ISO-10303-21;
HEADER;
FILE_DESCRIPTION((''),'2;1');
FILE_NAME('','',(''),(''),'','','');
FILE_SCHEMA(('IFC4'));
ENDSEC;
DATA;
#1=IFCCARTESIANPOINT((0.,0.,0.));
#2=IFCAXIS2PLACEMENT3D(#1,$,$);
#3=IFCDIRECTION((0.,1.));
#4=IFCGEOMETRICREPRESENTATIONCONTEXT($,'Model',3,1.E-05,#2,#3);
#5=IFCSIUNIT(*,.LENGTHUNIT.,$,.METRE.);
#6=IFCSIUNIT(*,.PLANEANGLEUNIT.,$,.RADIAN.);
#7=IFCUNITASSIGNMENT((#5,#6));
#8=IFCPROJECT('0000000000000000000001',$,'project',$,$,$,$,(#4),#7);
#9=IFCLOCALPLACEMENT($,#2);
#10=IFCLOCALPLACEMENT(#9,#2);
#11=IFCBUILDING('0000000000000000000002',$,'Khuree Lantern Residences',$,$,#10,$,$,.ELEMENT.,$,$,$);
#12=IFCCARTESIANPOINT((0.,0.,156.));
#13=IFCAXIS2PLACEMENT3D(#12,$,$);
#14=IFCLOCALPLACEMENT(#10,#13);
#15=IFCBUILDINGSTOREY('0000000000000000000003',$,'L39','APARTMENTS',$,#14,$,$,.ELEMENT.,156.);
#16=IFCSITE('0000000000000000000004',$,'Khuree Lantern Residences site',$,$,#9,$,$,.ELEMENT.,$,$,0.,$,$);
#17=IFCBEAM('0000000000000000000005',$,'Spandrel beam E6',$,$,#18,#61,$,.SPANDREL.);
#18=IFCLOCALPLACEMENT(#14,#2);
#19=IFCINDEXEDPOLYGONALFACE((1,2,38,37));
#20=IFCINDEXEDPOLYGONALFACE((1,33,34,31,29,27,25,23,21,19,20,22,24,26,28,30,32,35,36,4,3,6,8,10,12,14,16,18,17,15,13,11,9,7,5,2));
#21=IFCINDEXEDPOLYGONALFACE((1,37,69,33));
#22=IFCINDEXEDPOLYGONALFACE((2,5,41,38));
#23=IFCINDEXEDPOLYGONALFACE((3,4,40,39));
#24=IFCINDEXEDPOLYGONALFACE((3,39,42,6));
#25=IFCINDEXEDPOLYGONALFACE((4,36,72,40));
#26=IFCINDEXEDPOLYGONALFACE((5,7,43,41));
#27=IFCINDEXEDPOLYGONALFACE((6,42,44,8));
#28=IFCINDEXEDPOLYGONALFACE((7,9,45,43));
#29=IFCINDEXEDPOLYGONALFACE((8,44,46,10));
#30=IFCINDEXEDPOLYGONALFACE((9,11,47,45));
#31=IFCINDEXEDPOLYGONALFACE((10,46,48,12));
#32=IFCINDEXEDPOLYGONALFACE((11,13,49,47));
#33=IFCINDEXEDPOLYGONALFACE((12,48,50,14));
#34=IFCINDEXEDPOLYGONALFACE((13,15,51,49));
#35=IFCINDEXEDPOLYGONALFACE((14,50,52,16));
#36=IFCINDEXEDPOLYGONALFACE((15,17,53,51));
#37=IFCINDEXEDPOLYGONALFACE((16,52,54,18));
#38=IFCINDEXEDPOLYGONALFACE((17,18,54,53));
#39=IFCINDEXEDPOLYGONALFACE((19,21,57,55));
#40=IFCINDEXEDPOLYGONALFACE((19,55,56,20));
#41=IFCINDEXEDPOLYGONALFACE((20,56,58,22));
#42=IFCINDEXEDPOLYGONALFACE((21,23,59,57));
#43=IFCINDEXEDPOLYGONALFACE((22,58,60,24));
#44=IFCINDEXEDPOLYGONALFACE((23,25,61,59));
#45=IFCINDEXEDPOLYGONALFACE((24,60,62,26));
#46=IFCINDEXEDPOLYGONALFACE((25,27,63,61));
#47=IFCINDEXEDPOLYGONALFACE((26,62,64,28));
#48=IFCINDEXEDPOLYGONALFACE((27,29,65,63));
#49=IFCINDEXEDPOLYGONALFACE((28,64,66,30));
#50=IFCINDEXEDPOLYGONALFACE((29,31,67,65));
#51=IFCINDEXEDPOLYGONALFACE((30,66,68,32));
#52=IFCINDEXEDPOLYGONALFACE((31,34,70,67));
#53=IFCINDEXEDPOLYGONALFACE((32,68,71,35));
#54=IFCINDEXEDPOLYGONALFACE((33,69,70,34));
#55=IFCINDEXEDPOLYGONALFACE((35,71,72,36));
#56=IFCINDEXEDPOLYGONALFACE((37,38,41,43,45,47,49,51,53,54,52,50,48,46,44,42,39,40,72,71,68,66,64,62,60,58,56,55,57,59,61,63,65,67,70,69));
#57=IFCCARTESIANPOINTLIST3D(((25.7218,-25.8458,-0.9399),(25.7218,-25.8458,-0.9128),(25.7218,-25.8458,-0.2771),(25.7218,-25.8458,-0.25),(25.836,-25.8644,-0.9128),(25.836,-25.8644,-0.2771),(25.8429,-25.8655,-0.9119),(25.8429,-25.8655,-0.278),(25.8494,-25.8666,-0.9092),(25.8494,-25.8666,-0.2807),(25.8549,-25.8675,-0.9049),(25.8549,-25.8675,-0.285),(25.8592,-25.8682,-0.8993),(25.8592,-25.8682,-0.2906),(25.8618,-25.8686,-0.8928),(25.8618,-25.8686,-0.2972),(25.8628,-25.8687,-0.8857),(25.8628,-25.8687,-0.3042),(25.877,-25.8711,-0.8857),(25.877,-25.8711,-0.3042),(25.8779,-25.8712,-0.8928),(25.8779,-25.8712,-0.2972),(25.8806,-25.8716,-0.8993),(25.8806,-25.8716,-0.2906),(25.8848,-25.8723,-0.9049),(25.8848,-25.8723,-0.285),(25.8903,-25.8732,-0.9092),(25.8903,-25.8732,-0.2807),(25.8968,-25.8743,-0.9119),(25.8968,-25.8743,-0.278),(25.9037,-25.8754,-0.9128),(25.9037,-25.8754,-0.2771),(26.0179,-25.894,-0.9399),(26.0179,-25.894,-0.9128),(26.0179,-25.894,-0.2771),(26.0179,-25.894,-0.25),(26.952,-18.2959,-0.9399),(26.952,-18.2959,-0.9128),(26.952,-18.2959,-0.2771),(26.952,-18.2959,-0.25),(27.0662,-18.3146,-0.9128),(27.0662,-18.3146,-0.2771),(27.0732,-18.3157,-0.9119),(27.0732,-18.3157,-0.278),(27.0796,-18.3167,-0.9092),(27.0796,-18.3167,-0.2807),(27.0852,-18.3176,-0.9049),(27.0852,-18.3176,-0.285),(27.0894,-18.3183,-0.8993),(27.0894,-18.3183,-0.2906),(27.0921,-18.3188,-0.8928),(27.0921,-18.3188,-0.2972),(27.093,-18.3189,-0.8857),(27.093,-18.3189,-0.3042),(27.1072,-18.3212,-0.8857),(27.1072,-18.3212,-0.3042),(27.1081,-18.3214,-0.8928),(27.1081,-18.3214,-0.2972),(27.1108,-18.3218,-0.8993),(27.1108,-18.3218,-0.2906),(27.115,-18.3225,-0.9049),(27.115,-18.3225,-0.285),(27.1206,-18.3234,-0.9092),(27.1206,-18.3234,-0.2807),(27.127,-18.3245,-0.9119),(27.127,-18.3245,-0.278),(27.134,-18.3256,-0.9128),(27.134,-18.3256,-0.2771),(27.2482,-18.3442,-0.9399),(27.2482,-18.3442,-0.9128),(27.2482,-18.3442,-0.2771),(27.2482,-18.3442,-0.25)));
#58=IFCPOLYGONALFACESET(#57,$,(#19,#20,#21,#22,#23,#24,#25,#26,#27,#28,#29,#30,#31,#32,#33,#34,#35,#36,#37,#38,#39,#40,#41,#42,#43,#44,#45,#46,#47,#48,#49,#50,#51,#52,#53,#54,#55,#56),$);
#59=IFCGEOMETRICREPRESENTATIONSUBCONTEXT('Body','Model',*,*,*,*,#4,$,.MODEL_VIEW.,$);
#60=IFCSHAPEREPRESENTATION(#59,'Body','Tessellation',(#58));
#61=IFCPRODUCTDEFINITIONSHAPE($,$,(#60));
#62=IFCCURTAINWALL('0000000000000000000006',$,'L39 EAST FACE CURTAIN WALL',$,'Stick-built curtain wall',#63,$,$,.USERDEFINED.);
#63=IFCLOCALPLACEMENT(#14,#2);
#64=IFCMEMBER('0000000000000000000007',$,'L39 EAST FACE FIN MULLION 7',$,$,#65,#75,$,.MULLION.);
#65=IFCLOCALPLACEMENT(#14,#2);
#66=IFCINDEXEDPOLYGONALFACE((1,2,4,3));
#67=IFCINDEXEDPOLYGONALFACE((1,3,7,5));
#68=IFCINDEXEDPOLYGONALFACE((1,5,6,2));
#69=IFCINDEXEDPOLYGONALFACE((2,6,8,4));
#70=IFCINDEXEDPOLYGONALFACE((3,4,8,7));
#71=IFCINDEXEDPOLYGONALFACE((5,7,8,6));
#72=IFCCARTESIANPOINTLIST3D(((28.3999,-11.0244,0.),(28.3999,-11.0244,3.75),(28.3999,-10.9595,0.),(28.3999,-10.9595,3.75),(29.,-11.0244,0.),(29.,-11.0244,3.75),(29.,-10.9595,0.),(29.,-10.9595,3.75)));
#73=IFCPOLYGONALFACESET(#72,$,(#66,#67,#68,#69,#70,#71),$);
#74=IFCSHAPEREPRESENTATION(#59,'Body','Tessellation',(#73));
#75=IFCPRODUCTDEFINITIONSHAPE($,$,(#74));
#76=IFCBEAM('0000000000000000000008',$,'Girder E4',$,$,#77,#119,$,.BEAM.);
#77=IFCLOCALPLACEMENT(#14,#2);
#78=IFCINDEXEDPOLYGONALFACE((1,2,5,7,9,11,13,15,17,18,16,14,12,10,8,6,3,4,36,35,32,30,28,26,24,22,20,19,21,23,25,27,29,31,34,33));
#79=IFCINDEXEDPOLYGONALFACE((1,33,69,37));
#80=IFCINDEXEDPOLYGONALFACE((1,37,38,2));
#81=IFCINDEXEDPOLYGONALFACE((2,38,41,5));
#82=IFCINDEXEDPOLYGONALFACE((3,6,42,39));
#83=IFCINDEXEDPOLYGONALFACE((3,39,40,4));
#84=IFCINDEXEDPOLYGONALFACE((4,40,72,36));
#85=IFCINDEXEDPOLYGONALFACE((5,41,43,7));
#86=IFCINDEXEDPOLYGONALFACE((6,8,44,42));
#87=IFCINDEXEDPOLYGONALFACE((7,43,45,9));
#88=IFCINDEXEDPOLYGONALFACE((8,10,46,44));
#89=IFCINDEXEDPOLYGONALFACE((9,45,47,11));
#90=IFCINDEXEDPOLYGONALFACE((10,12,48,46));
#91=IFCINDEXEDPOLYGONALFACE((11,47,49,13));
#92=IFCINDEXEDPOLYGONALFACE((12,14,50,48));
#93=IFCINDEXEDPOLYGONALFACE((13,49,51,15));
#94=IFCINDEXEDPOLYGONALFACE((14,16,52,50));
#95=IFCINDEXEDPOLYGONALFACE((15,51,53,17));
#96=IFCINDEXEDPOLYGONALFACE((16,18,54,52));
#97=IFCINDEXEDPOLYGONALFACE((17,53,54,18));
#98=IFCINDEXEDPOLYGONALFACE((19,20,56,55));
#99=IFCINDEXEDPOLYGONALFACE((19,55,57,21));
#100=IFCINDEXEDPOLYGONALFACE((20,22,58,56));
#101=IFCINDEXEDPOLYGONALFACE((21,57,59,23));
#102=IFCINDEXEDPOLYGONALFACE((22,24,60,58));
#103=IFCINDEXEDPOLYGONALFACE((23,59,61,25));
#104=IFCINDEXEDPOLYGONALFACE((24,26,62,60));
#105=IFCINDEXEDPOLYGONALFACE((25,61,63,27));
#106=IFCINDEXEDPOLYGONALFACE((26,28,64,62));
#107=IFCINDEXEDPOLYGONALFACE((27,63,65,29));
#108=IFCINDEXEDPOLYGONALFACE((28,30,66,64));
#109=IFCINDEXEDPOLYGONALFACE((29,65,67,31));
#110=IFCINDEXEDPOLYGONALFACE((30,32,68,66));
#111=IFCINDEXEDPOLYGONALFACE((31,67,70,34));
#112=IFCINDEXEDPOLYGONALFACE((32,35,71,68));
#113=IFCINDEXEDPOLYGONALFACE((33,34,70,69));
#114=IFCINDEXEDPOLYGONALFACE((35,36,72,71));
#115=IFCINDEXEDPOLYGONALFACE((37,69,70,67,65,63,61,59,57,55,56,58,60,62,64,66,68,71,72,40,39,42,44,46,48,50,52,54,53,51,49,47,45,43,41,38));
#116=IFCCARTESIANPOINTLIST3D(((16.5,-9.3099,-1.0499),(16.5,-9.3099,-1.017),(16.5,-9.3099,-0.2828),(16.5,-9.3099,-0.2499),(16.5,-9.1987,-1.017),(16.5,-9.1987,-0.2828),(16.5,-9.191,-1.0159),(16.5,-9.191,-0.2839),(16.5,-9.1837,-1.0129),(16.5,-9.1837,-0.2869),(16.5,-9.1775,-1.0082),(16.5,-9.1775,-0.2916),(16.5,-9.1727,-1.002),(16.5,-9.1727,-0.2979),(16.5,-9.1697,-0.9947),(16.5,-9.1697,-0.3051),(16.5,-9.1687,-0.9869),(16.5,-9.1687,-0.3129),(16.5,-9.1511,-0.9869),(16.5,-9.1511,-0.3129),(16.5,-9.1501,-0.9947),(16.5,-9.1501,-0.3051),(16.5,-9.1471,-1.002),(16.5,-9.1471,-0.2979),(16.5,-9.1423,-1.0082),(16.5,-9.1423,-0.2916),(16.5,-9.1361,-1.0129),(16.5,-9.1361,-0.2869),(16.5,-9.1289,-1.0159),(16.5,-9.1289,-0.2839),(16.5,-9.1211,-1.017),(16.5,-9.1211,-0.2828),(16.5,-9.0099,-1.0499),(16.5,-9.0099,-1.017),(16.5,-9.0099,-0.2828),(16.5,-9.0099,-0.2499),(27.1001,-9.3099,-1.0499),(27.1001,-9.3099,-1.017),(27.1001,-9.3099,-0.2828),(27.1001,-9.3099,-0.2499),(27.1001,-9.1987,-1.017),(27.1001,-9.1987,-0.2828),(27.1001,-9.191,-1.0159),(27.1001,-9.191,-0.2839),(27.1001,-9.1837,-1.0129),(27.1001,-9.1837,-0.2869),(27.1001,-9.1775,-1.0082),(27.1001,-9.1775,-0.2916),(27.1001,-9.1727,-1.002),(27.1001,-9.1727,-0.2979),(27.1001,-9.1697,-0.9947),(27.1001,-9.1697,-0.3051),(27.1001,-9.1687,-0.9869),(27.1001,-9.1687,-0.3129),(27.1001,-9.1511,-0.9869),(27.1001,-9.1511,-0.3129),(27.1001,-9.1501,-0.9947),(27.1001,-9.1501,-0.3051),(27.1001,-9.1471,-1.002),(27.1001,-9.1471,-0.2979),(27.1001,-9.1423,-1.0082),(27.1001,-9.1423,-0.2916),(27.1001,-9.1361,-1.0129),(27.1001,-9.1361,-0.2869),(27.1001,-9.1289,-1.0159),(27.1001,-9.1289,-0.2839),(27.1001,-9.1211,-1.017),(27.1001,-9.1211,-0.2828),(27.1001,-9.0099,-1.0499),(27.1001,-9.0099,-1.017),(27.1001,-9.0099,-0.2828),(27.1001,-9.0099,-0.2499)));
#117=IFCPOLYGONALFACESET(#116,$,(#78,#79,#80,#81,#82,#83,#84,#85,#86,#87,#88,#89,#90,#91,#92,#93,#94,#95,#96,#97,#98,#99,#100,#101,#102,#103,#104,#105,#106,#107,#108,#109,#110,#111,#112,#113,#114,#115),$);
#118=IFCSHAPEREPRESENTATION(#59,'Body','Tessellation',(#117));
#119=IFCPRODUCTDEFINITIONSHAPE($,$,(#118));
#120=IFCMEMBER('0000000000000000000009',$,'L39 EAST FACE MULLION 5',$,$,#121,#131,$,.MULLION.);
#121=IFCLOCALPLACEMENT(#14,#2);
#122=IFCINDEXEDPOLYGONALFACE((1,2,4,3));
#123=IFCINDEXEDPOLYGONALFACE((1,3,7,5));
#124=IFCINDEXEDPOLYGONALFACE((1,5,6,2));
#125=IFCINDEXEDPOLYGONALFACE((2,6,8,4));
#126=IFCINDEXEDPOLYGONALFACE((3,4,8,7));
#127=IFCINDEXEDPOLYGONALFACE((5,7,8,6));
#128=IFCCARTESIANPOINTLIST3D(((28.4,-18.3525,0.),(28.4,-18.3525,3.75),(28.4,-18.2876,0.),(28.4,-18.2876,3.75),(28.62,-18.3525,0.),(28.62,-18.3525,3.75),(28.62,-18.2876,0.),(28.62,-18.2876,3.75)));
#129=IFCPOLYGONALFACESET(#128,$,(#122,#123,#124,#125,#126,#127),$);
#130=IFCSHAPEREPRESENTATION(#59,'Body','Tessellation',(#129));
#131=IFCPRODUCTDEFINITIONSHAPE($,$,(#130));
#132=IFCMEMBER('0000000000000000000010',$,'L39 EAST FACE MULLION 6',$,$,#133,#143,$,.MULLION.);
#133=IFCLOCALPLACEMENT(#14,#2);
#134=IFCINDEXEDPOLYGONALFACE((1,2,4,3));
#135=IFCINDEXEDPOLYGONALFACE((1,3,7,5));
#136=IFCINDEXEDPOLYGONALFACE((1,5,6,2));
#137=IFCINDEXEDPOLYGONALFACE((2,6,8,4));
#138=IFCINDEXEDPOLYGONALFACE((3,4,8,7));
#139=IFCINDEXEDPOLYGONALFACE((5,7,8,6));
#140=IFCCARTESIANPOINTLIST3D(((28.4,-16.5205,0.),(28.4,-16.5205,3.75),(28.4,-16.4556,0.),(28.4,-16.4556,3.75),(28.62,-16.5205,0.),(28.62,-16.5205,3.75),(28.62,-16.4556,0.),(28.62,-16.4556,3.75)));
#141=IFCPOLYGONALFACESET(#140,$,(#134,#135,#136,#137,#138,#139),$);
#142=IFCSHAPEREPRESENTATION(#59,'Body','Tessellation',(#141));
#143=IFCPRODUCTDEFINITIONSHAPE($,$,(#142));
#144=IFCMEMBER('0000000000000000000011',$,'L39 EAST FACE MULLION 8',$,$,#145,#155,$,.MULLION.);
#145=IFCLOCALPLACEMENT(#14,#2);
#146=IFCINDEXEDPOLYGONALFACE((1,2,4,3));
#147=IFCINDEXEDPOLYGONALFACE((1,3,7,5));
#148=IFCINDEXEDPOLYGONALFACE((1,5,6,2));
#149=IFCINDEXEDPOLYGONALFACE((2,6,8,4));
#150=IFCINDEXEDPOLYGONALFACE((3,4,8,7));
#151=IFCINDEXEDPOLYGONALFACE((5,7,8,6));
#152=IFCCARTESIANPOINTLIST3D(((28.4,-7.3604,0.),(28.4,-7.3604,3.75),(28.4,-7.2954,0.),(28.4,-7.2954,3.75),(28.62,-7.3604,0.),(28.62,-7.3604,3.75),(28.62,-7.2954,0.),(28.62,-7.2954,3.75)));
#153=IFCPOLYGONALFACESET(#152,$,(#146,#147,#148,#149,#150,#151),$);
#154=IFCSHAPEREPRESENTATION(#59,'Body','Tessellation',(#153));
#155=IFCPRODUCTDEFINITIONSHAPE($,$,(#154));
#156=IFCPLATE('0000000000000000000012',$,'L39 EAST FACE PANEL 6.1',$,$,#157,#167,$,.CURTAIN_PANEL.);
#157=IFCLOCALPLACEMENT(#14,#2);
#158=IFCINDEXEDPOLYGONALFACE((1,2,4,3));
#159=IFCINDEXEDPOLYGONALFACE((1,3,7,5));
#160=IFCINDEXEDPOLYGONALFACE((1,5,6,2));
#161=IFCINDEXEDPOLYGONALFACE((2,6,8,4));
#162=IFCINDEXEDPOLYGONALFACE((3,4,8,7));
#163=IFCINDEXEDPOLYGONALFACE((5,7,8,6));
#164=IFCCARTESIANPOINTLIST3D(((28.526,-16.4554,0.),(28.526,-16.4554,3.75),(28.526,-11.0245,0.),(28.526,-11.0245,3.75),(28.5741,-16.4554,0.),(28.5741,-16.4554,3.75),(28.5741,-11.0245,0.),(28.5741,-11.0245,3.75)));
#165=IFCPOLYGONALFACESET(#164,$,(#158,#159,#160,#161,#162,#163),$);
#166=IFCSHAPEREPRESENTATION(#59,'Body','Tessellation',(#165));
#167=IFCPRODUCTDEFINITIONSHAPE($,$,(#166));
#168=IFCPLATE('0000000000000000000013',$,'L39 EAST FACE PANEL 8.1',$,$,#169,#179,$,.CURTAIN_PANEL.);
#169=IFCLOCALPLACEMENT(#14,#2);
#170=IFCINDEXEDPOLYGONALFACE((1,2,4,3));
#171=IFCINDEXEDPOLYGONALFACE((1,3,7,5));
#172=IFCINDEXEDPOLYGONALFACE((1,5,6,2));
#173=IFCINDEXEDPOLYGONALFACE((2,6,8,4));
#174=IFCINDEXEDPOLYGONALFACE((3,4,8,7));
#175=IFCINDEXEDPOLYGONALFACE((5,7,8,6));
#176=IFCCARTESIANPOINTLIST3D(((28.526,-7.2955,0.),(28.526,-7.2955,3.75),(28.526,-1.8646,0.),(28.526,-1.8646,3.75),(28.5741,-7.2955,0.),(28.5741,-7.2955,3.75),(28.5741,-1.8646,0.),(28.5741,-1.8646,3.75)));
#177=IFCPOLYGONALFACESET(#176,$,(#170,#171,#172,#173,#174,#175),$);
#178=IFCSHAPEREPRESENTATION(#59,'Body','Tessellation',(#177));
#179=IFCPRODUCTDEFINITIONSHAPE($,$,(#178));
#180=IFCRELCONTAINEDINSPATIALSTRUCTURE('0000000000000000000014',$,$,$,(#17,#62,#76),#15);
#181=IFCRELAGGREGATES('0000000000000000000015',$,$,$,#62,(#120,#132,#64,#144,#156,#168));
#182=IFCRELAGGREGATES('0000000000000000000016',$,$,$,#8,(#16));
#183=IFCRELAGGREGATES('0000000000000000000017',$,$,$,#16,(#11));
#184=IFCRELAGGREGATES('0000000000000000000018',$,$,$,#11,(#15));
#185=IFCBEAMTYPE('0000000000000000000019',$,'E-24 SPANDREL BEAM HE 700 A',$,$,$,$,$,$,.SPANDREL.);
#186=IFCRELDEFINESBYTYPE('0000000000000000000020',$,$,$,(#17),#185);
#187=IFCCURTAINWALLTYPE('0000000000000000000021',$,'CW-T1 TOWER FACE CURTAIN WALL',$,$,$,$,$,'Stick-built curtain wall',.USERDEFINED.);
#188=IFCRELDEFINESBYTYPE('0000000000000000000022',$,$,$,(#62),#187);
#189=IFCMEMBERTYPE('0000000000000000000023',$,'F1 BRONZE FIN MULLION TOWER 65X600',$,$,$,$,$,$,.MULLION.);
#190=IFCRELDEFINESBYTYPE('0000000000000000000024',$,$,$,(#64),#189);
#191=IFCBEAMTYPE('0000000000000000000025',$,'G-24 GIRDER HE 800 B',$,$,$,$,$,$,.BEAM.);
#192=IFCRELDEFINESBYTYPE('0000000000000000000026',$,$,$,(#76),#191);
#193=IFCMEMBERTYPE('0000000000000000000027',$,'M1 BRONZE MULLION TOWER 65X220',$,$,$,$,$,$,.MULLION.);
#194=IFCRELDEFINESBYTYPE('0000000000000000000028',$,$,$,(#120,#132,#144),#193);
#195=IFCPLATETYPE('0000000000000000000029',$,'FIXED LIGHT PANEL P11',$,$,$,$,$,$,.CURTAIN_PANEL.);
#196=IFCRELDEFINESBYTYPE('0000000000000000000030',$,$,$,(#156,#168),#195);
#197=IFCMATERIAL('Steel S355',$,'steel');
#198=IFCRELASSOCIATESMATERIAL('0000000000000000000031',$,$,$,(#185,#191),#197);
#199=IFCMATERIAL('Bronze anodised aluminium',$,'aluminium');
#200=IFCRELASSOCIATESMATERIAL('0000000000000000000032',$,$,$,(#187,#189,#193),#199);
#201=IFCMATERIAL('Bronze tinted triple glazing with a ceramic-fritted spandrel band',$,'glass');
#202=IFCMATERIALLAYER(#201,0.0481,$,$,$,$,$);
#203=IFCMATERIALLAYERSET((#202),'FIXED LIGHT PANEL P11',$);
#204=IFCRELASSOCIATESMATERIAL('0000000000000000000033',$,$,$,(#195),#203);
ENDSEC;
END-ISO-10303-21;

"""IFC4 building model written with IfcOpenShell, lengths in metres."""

from ifc_helpers import new_model, si_unit, direction, frame, origin, origin_2d, place, context, subcontext, project, spatial, rectangle, i_section, extrude, material, layer, layer_set, material_profile, profile_set, type_object, element, aggregate, save


model = new_model("IFC4")

# Units and contexts
model_context = context("Model", 3, precision=1e-05, world=origin(), true_north=direction((0.0, 1.0)))
body_context = subcontext(model_context, "Body", "Model", "MODEL_VIEW")
ifc_project = project(units=[si_unit("LENGTHUNIT", "METRE"), si_unit("PLANEANGLEUNIT", "RADIAN")], contexts=[model_context])

# Site, building, storey
site_placement = place(None, origin())
site = spatial("IfcSite", under=ifc_project, at=site_placement, Name="Khuree Lantern Residences site", CompositionType="ELEMENT", RefElevation=0.0)
building_placement = place(site_placement, origin())
building = spatial("IfcBuilding", under=site, at=building_placement, Name="Khuree Lantern Residences", CompositionType="ELEMENT")
storey_placement = place(building_placement, frame((0.0, 0.0, 156.0)))
storey = spatial("IfcBuildingStorey", under=building, at=storey_placement, Name="L39", Description="APARTMENTS", CompositionType="ELEMENT", Elevation=156.0)

# Beam
ifc_material_1 = material(Name="Steel S355", Category="steel")
ifc_material_profile_1 = material_profile(ifc_material_1, i_section(OverallWidth=0.3, OverallDepth=0.6899, WebThickness=0.0144, FlangeThickness=0.0271, FilletRadius=0.0271, at=origin_2d()), Name="HE 700 A")
ifc_profile_set_1 = profile_set([ifc_material_profile_1], Name="Steel S355")
beam_type_1 = type_object("IfcBeamType", Name="E-24 SPANDREL BEAM HE 700 A", PredefinedType="SPANDREL", material=ifc_profile_set_1)
beam_1_placement = place(storey_placement, frame((27.1001, -18.3201, -0.595), z_axis=(-0.160827, -0.986983, 0.0), x_axis=(0.986983, -0.160827, 0.0)))
element("IfcBeam", 1, at=beam_1_placement, inside=storey, type_object=beam_type_1, Name="Spandrel beam E6", PredefinedType="SPANDREL", context=body_context, shape_type="SweptSolid", body=[
    extrude(i_section(OverallWidth=0.3, OverallDepth=0.6899, WebThickness=0.0144, FlangeThickness=0.0271, FilletRadius=0.0271, at=origin_2d()), origin(), (0.0, 0.0, 1.0), 7.6494),
])

# Curtain wall, member
ifc_material_2 = material(Name="Bronze anodised aluminium", Category="aluminium")
curtain_wall_type = type_object("IfcCurtainWallType", Name="CW-T1 TOWER FACE CURTAIN WALL", ElementType="Stick-built curtain wall", PredefinedType="USERDEFINED", material=ifc_material_2)
curtain_wall_placement = place(storey_placement, origin())
curtain_wall = element("IfcCurtainWall", 2, at=curtain_wall_placement, inside=storey, type_object=curtain_wall_type, Name="L39 EAST FACE CURTAIN WALL", ObjectType="Stick-built curtain wall", PredefinedType="USERDEFINED")
ifc_material_profile_2 = material_profile(ifc_material_2, rectangle(XDim=0.0649, YDim=0.6001, at=origin_2d()), Name="F1 65X600")
ifc_profile_set_2 = profile_set([ifc_material_profile_2], Name="Bronze anodised aluminium")
member_type_1 = type_object("IfcMemberType", Name="F1 BRONZE FIN MULLION TOWER 65X600", PredefinedType="MULLION", material=ifc_profile_set_2)
member_1_placement = place(storey_placement, frame((28.7, -10.9919, 0.0), z_axis=(0.0, 0.0, 1.0), x_axis=(0.0, 1.0, 0.0)))
member_1 = element("IfcMember", 3, at=member_1_placement, type_object=member_type_1, Name="L39 EAST FACE FIN MULLION 7", PredefinedType="MULLION", context=body_context, shape_type="SweptSolid", body=[
    extrude(rectangle(XDim=0.0649, YDim=0.6001, at=origin_2d()), origin(), (0.0, 0.0, 1.0), 3.75),
])

# Beam
ifc_material_profile_3 = material_profile(ifc_material_1, i_section(OverallWidth=0.3, OverallDepth=0.8, WebThickness=0.0176, FlangeThickness=0.033, FilletRadius=0.03, at=origin_2d()), Name="HE 800 B")
ifc_profile_set_3 = profile_set([ifc_material_profile_3], Name="Steel S355")
beam_type_2 = type_object("IfcBeamType", Name="G-24 GIRDER HE 800 B", PredefinedType="BEAM", material=ifc_profile_set_3)
beam_2_placement = place(storey_placement, frame((27.1001, -9.1599, -0.6499), z_axis=(-1.0, 0.0, 0.0), x_axis=(0.0, -1.0, 0.0)))
element("IfcBeam", 4, at=beam_2_placement, inside=storey, type_object=beam_type_2, Name="Girder E4", PredefinedType="BEAM", context=body_context, shape_type="SweptSolid", body=[
    extrude(i_section(OverallWidth=0.3, OverallDepth=0.8, WebThickness=0.0176, FlangeThickness=0.033, FilletRadius=0.03, at=origin_2d()), origin(), (0.0, 0.0, 1.0), 10.6001),
])

# Members
ifc_material_profile_4 = material_profile(ifc_material_2, rectangle(XDim=0.0649, YDim=0.22, at=origin_2d()), Name="M1 65X220")
ifc_profile_set_4 = profile_set([ifc_material_profile_4], Name="Bronze anodised aluminium")
member_type_2 = type_object("IfcMemberType", Name="M1 BRONZE MULLION TOWER 65X220", PredefinedType="MULLION", material=ifc_profile_set_4)
member_2_placement = place(storey_placement, frame((28.51, -18.3201, 0.0), z_axis=(0.0, 0.0, 1.0), x_axis=(0.0, 1.0, 0.0)))
member_2 = element("IfcMember", 5, at=member_2_placement, type_object=member_type_2, Name="L39 EAST FACE MULLION 5", PredefinedType="MULLION", context=body_context, shape_type="SweptSolid", body=[
    extrude(rectangle(XDim=0.0649, YDim=0.22, at=origin_2d()), origin(), (0.0, 0.0, 1.0), 3.75),
])
member_3_placement = place(storey_placement, frame((28.51, -16.488, 0.0), z_axis=(0.0, 0.0, 1.0), x_axis=(0.0, 1.0, 0.0)))
member_3 = element("IfcMember", 6, at=member_3_placement, type_object=member_type_2, Name="L39 EAST FACE MULLION 6", PredefinedType="MULLION", context=body_context, shape_type="SweptSolid", body=[
    extrude(rectangle(XDim=0.0649, YDim=0.22, at=origin_2d()), origin(), (0.0, 0.0, 1.0), 3.75),
])
member_4_placement = place(storey_placement, frame((28.51, -7.3279, 0.0), z_axis=(0.0, 0.0, 1.0), x_axis=(0.0, 1.0, 0.0)))
member_4 = element("IfcMember", 7, at=member_4_placement, type_object=member_type_2, Name="L39 EAST FACE MULLION 8", PredefinedType="MULLION", context=body_context, shape_type="SweptSolid", body=[
    extrude(rectangle(XDim=0.0649, YDim=0.22, at=origin_2d()), origin(), (0.0, 0.0, 1.0), 3.75),
])

# Plates
ifc_material_3 = material(Name="Bronze tinted triple glazing with a ceramic-fritted spandrel band", Category="glass")
ifc_layer_1 = layer(ifc_material_3, 0.0481)
ifc_layer_set_1 = layer_set([ifc_layer_1], Name="FIXED LIGHT PANEL P11")
plate_type_1 = type_object("IfcPlateType", Name="FIXED LIGHT PANEL P11", PredefinedType="CURTAIN_PANEL", material=ifc_layer_set_1)
plate_1_placement = place(storey_placement, frame((28.55, -13.74, 0.0), z_axis=(0.0, 0.0, 1.0), x_axis=(0.0, 1.0, 0.0)))
plate_1 = element("IfcPlate", 8, at=plate_1_placement, type_object=plate_type_1, Name="L39 EAST FACE PANEL 6.1", PredefinedType="CURTAIN_PANEL", context=body_context, shape_type="SweptSolid", body=[
    extrude(rectangle(XDim=5.4309, YDim=0.0481, at=origin_2d()), origin(), (0.0, 0.0, 1.0), 3.75),
])
plate_2_placement = place(storey_placement, frame((28.55, -4.5801, 0.0), z_axis=(0.0, 0.0, 1.0), x_axis=(0.0, 1.0, 0.0)))
plate_2 = element("IfcPlate", 9, at=plate_2_placement, type_object=plate_type_1, Name="L39 EAST FACE PANEL 8.1", PredefinedType="CURTAIN_PANEL", context=body_context, shape_type="SweptSolid", body=[
    extrude(rectangle(XDim=5.4309, YDim=0.0481, at=origin_2d()), origin(), (0.0, 0.0, 1.0), 3.75),
])
aggregate(curtain_wall, [member_2, member_3, member_1, member_4, plate_1, plate_2])

save(model, "model.ifc")
